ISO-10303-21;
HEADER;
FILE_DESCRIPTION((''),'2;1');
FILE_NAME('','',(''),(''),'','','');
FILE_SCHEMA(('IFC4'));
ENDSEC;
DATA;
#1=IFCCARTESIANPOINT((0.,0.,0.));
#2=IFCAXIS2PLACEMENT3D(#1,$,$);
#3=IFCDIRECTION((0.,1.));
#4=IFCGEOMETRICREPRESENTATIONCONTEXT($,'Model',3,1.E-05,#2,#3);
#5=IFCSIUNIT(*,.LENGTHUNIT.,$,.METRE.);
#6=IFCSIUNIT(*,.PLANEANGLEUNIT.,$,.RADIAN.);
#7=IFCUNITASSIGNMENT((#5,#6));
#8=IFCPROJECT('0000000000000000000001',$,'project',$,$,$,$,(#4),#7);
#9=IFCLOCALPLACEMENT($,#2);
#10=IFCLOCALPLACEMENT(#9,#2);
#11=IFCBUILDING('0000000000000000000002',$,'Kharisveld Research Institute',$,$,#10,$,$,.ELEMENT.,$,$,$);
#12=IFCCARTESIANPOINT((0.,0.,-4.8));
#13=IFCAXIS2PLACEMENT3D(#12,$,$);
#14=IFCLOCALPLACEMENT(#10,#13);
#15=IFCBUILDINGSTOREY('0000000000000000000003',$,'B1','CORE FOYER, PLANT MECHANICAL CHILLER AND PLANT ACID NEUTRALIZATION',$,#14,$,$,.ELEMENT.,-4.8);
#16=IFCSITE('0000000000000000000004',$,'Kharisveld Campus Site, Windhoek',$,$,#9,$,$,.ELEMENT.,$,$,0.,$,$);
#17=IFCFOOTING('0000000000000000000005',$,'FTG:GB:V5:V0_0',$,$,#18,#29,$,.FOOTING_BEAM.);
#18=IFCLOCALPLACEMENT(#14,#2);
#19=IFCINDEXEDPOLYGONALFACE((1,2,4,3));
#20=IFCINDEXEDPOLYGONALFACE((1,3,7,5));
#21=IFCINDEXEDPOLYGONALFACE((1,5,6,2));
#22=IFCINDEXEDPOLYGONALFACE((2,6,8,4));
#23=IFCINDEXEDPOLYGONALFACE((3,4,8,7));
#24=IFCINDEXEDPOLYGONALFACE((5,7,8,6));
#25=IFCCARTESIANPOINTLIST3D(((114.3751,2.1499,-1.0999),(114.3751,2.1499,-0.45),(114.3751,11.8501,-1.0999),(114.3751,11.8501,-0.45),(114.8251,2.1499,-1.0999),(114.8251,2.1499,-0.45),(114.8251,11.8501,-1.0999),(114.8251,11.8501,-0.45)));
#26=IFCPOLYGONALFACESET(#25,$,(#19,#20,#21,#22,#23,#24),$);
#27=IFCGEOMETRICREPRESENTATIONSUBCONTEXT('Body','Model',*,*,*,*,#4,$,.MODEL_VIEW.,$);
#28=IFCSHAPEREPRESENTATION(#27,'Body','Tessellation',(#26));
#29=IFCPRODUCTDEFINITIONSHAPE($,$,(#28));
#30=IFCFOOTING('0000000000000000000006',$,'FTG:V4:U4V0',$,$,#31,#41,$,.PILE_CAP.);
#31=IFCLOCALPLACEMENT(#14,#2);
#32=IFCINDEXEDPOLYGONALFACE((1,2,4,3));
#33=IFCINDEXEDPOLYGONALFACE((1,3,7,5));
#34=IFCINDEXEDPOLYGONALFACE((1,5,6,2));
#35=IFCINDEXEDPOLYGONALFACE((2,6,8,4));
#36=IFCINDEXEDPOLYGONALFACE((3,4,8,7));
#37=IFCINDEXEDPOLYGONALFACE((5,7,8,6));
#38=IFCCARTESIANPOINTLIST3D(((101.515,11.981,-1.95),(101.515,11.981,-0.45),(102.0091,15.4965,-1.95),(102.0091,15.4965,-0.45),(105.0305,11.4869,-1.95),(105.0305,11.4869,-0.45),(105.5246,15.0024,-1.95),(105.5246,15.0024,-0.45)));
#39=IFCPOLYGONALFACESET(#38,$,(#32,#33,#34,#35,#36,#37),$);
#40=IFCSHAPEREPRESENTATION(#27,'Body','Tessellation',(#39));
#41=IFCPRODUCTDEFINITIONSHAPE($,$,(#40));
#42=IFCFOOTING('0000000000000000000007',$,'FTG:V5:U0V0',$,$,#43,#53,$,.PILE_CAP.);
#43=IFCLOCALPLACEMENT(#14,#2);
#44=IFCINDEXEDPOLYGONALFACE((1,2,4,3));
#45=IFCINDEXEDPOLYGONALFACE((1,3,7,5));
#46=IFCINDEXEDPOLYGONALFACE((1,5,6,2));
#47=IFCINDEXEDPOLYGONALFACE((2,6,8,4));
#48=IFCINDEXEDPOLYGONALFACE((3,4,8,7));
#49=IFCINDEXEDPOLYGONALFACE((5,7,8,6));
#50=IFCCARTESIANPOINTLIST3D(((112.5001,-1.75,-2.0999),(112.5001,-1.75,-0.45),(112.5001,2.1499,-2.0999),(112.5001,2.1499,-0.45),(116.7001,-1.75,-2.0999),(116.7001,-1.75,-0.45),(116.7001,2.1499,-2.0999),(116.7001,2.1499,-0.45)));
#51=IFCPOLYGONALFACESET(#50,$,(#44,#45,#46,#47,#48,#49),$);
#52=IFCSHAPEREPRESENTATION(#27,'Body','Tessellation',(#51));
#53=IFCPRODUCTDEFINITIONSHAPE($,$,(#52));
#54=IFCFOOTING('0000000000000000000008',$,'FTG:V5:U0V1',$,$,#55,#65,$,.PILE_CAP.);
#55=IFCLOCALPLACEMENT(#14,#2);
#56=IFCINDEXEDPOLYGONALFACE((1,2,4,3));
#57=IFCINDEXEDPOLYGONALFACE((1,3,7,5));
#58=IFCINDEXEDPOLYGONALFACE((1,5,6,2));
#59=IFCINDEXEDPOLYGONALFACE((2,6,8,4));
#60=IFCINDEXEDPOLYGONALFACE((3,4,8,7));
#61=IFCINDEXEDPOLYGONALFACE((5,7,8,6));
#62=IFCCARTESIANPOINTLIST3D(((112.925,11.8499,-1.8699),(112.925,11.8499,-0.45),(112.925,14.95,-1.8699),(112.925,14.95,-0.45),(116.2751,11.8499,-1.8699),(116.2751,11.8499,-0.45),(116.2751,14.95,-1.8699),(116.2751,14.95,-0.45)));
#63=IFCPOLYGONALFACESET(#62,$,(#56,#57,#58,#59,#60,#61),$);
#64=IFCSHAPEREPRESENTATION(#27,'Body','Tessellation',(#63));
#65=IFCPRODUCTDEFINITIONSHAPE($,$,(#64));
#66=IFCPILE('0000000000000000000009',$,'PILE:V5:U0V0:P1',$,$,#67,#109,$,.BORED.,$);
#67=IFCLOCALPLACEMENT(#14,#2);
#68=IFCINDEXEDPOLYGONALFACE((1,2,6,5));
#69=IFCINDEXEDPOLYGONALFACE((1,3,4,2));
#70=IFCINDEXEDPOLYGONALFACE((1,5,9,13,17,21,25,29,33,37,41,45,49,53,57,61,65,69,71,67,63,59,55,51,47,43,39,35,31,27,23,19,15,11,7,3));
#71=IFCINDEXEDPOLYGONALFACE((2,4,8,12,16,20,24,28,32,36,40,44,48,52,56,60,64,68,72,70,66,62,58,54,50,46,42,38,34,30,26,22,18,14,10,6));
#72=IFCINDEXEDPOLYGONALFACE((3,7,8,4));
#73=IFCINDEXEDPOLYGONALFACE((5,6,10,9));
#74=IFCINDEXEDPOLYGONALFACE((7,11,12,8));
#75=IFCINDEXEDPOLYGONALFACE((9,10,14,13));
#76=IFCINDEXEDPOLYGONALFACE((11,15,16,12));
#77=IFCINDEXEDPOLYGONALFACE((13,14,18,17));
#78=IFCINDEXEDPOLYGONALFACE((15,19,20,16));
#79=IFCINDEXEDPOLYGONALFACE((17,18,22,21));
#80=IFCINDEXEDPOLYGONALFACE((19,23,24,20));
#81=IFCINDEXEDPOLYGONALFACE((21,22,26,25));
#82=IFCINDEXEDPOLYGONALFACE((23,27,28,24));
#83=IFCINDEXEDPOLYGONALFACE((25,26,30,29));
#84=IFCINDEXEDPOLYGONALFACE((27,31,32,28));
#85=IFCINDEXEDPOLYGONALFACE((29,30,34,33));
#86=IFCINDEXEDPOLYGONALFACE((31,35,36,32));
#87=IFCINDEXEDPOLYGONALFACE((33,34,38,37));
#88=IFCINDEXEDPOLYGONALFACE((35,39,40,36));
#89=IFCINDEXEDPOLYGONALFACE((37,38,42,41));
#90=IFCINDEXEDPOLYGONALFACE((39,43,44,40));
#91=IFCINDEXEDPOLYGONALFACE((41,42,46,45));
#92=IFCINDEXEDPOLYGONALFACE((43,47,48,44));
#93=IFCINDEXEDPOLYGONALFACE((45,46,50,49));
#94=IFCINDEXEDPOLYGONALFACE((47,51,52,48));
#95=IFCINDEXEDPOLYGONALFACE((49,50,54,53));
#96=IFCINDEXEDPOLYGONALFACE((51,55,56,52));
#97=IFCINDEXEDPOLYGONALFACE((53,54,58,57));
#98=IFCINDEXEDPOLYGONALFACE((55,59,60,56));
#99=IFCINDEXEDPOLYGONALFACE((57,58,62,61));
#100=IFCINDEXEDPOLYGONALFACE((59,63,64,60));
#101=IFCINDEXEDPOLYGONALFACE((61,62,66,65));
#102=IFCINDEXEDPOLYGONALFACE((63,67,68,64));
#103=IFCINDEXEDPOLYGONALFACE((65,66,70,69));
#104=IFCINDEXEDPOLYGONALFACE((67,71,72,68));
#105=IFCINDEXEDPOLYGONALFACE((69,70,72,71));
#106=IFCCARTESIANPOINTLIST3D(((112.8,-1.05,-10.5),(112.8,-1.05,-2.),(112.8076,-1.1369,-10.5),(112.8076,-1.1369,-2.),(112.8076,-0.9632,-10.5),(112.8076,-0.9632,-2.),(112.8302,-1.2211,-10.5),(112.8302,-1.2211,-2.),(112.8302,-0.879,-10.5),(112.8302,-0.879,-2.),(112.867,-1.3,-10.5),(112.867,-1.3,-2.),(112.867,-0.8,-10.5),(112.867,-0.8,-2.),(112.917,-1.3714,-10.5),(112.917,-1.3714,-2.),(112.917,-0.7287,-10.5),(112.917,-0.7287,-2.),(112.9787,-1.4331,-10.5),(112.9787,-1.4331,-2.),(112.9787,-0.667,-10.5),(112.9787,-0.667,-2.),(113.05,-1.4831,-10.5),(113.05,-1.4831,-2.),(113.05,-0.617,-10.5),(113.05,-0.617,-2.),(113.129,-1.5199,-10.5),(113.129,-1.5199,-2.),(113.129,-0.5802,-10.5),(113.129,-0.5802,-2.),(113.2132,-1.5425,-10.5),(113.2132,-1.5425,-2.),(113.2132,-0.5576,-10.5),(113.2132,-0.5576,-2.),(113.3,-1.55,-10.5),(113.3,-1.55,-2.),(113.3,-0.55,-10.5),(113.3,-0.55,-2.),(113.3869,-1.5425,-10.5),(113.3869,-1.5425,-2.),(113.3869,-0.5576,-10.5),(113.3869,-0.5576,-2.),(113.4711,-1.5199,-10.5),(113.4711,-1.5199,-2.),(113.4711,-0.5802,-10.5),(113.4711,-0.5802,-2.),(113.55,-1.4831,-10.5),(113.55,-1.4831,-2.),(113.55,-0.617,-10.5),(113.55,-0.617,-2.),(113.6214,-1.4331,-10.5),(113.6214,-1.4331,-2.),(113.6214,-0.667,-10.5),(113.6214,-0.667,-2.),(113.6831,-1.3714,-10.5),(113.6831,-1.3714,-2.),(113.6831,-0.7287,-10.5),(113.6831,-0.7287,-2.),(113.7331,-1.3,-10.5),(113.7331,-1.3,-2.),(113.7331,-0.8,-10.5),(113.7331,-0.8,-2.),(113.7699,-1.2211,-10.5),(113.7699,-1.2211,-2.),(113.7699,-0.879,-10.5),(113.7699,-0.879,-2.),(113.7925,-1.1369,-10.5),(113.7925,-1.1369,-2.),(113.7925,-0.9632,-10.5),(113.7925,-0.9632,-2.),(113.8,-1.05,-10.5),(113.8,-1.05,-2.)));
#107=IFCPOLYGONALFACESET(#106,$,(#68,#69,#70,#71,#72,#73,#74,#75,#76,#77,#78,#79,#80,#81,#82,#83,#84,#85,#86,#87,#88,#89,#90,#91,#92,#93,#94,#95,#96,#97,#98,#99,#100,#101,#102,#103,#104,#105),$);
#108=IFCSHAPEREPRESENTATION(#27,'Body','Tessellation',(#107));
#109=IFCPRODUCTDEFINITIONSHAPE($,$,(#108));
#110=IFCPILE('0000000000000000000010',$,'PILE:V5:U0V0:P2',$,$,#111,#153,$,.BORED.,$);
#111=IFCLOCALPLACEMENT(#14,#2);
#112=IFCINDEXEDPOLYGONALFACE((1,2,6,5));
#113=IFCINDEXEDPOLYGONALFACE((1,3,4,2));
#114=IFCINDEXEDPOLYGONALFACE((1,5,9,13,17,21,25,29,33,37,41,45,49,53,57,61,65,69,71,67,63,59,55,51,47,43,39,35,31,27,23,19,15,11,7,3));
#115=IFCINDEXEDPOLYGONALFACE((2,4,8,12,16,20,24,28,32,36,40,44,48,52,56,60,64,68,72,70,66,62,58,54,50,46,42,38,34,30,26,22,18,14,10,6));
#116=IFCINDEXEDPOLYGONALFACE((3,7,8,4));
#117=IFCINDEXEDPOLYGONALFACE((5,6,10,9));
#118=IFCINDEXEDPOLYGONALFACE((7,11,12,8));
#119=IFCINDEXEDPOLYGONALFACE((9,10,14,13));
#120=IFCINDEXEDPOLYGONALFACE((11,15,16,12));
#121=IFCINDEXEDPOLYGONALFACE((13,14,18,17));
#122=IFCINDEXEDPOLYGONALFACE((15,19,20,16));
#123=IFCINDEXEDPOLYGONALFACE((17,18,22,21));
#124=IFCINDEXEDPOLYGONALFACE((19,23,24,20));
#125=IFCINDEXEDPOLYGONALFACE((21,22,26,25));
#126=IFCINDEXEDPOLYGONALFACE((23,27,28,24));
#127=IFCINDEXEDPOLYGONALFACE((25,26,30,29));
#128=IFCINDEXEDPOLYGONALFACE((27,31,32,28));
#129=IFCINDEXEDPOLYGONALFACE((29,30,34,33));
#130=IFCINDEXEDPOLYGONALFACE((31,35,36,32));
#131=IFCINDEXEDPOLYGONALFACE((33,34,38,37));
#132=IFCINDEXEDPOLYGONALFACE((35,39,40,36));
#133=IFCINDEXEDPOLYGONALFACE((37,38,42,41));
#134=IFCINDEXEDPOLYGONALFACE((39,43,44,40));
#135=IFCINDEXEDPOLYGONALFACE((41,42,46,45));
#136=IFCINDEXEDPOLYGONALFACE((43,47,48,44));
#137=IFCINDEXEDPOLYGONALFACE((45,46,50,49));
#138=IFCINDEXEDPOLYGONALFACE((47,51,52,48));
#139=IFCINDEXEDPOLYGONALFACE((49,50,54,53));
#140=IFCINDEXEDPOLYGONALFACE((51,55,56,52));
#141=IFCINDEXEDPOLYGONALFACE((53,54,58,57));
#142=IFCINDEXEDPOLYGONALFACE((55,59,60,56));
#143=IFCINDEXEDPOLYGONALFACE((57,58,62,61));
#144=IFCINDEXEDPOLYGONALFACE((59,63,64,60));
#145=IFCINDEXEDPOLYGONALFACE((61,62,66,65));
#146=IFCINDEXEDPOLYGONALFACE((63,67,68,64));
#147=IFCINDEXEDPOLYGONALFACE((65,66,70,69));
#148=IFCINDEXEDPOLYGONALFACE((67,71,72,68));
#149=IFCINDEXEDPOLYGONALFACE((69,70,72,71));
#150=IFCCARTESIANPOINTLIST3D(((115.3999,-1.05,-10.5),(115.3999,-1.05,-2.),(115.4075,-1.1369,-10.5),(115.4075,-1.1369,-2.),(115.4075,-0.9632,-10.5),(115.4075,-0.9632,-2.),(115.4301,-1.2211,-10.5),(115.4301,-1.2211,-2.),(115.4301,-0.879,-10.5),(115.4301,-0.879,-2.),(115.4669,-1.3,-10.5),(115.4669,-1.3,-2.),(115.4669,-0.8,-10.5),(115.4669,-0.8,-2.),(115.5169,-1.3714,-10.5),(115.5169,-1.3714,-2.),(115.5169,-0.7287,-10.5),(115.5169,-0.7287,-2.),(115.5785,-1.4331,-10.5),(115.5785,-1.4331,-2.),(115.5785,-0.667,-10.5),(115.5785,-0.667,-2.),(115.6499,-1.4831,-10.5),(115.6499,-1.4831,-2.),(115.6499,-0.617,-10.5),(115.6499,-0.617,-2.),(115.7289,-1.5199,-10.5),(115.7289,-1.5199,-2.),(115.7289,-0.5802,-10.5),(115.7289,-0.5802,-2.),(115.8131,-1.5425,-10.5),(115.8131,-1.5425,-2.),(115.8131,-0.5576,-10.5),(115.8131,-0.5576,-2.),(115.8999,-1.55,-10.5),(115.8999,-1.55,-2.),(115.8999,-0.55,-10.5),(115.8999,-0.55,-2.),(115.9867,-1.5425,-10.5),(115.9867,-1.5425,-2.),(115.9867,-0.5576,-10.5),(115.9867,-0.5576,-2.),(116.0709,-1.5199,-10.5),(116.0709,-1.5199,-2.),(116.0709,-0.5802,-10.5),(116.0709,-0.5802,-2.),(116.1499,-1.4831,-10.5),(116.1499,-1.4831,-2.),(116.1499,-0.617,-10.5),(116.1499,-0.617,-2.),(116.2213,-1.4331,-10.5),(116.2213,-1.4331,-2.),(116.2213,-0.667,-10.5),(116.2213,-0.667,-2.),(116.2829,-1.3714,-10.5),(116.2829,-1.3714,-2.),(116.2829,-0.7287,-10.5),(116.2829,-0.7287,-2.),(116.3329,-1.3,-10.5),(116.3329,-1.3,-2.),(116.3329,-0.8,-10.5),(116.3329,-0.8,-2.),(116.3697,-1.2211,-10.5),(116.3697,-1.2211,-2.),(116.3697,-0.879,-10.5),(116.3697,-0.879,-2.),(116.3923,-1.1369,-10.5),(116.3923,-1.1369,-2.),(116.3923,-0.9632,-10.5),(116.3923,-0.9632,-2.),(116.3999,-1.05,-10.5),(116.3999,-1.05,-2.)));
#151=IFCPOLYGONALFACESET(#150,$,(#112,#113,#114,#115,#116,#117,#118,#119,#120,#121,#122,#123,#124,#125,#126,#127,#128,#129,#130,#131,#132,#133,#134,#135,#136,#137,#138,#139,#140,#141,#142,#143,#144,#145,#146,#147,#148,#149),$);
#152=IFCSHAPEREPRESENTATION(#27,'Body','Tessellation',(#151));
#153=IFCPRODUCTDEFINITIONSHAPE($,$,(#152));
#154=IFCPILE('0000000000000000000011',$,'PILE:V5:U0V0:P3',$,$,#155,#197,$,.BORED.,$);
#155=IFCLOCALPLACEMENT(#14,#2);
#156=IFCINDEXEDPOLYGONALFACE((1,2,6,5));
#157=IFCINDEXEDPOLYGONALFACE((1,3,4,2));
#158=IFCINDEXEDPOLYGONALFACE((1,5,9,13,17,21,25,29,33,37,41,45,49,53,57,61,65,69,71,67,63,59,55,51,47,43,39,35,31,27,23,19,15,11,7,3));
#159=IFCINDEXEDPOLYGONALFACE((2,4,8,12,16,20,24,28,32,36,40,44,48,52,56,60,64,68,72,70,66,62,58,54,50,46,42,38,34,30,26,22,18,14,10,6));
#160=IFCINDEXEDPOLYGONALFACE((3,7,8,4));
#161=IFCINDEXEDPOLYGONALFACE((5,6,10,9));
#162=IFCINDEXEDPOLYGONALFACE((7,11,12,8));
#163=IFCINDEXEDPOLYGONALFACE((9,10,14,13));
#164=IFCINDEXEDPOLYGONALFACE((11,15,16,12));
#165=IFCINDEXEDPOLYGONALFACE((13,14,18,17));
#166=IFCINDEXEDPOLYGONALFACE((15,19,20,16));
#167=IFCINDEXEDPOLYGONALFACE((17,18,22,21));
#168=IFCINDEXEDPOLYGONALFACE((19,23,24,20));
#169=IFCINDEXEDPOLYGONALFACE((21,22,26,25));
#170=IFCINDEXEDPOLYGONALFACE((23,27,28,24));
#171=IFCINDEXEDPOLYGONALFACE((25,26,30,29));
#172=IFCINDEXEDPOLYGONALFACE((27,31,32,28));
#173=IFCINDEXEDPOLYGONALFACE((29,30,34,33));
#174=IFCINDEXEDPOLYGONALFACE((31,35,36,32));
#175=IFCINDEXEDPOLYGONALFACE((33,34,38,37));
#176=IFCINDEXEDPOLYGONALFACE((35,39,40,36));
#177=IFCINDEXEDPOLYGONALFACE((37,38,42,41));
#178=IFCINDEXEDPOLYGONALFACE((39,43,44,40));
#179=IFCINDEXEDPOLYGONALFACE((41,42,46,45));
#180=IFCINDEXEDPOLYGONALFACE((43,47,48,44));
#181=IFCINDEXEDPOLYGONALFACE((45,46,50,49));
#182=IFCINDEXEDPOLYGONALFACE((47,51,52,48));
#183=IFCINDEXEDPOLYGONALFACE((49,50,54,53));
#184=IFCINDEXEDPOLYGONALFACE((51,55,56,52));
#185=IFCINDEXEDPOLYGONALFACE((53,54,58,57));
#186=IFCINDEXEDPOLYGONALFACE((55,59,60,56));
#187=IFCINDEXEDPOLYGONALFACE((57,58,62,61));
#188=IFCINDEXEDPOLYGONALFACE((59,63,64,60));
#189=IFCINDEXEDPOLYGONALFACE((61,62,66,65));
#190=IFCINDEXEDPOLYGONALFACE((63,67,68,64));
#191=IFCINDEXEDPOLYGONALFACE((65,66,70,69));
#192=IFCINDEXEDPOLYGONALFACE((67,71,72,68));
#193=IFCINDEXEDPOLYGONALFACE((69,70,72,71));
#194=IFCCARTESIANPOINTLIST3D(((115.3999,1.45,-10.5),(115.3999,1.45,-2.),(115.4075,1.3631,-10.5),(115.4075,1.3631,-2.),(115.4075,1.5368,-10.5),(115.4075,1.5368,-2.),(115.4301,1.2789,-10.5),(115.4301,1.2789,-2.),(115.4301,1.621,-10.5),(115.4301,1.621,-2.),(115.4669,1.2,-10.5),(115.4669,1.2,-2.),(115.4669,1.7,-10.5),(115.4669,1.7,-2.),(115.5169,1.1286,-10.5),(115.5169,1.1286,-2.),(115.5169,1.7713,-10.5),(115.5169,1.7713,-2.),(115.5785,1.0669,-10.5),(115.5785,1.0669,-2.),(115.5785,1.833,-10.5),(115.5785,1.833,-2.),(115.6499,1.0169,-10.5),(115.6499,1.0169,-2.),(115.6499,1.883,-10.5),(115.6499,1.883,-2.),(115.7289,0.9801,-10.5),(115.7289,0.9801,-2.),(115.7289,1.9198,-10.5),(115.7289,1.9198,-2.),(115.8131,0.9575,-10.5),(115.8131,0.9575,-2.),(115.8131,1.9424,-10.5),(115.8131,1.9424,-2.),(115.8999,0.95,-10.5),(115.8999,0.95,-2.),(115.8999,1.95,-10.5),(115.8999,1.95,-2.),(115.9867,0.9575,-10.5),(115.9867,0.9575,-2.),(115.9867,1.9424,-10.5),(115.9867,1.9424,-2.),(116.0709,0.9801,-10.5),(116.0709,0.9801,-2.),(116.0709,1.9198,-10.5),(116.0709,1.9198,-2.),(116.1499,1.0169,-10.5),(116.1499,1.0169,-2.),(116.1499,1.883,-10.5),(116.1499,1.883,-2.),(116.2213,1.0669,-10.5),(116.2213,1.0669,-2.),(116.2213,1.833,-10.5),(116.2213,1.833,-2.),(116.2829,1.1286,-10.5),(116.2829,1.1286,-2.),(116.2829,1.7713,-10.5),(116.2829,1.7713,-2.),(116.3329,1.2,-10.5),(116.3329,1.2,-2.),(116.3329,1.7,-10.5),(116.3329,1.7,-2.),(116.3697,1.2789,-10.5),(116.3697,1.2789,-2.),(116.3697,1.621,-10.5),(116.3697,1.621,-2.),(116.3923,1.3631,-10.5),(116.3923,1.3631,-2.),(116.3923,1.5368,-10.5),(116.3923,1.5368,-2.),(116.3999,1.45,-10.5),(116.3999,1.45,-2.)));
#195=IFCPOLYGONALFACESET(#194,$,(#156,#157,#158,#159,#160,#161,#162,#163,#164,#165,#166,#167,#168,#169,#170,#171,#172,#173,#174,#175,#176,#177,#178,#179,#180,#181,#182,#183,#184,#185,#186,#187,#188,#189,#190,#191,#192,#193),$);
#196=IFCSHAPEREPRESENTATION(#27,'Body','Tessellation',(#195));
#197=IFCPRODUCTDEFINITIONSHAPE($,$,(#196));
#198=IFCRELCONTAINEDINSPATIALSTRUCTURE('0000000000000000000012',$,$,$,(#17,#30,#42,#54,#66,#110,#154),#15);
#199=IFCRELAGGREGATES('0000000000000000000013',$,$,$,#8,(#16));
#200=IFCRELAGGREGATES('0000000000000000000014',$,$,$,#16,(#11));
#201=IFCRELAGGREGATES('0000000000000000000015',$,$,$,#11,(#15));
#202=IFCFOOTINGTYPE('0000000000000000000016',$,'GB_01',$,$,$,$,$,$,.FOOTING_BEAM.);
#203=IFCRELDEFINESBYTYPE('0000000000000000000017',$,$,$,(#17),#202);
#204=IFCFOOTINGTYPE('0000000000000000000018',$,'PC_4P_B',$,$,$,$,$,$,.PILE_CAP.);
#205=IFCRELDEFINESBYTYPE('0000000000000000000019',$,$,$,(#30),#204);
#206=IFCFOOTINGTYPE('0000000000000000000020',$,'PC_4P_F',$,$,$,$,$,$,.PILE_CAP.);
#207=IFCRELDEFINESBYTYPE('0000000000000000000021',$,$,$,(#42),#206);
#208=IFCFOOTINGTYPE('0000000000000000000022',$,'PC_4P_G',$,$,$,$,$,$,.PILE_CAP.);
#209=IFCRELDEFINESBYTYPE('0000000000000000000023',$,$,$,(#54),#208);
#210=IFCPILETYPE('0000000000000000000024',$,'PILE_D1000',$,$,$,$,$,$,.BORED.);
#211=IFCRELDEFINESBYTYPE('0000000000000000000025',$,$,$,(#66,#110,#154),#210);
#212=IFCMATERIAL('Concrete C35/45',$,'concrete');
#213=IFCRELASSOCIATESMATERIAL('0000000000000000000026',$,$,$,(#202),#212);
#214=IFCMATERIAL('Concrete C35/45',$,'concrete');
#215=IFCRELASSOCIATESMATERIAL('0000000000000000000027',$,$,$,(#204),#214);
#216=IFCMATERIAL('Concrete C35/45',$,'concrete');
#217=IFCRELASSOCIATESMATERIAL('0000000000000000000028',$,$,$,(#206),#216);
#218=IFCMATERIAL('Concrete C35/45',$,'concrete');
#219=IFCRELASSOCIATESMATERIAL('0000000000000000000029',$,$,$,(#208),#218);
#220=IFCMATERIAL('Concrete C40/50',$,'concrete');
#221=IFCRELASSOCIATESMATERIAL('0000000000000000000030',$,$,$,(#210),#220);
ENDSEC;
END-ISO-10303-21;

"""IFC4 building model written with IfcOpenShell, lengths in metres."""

from ifc_helpers import new_model, si_unit, direction, frame, origin, origin_2d, place, context, subcontext, project, spatial, rectangle, circle, extrude, material, material_profile, profile_set, type_object, element, save


model = new_model("IFC4")

# Units and contexts
model_context = context("Model", 3, precision=1e-05, world=origin(), true_north=direction((0.0, 1.0)))
body_context = subcontext(model_context, "Body", "Model", "MODEL_VIEW")
ifc_project = project(units=[si_unit("LENGTHUNIT", "METRE"), si_unit("PLANEANGLEUNIT", "RADIAN")], contexts=[model_context])

# Site, building, storey
site_placement = place(None, origin())
site = spatial("IfcSite", under=ifc_project, at=site_placement, Name="Kharisveld Campus Site, Windhoek", CompositionType="ELEMENT", RefElevation=0.0)
building_placement = place(site_placement, origin())
building = spatial("IfcBuilding", under=site, at=building_placement, Name="Kharisveld Research Institute", CompositionType="ELEMENT")
storey_placement = place(building_placement, frame((0.0, 0.0, -4.8)))
storey = spatial("IfcBuildingStorey", under=building, at=storey_placement, Name="B1", Description="CORE FOYER, PLANT MECHANICAL CHILLER AND PLANT ACID NEUTRALIZATION", CompositionType="ELEMENT", Elevation=-4.8)

# Footings
ifc_material_1 = material(Name="Concrete C35/45", Category="concrete")
ifc_material_profile_1 = material_profile(ifc_material_1, rectangle(XDim=0.45, YDim=0.6499, at=origin_2d()))
ifc_profile_set_1 = profile_set([ifc_material_profile_1], Name="Concrete C35/45")
footing_type_1 = type_object("IfcFootingType", Name="GB_01", PredefinedType="FOOTING_BEAM", material=ifc_profile_set_1)
footing_1_placement = place(storey_placement, frame((114.6001, 2.1499, -0.7749), z_axis=(0.0, 1.0, 0.0), x_axis=(-1.0, 0.0, 0.0)))
element("IfcFooting", 1, at=footing_1_placement, inside=storey, type_object=footing_type_1, Name="FTG:GB:V5:V0_0", PredefinedType="FOOTING_BEAM", context=body_context, shape_type="SweptSolid", body=[
    extrude(rectangle(XDim=0.45, YDim=0.6499, at=origin_2d()), origin(), (0.0, 0.0, 1.0), 9.7002),
])
ifc_material_2 = material(Name="Concrete C35/45", Category="concrete")
footing_type_2 = type_object("IfcFootingType", Name="PC_4P_B", PredefinedType="PILE_CAP", material=ifc_material_2)
footing_2_placement = place(storey_placement, frame((103.5198, 13.4917, -1.95), z_axis=(0.0, 0.0, 1.0), x_axis=(0.990268, -0.139173, 0.0)))
element("IfcFooting", 2, at=footing_2_placement, inside=storey, type_object=footing_type_2, Name="FTG:V4:U4V0", PredefinedType="PILE_CAP", context=body_context, shape_type="SweptSolid", body=[
    extrude(rectangle(XDim=3.55, YDim=3.55, at=origin_2d()), origin(), (0.0, 0.0, 1.0), 1.5),
])
ifc_material_3 = material(Name="Concrete C35/45", Category="concrete")
footing_type_3 = type_object("IfcFootingType", Name="PC_4P_F", PredefinedType="PILE_CAP", material=ifc_material_3)
footing_3_placement = place(storey_placement, frame((114.6001, 0.2, -2.0999), z_axis=(0.0, 0.0, 1.0), x_axis=(1.0, 0.0, 0.0)))
element("IfcFooting", 3, at=footing_3_placement, inside=storey, type_object=footing_type_3, Name="FTG:V5:U0V0", PredefinedType="PILE_CAP", context=body_context, shape_type="SweptSolid", body=[
    extrude(rectangle(XDim=4.2, YDim=3.8999, at=origin_2d()), origin(), (0.0, 0.0, 1.0), 1.6499),
])
ifc_material_4 = material(Name="Concrete C35/45", Category="concrete")
footing_type_4 = type_object("IfcFootingType", Name="PC_4P_G", PredefinedType="PILE_CAP", material=ifc_material_4)
footing_4_placement = place(storey_placement, frame((114.6001, 13.3999, -1.8699), z_axis=(0.0, 0.0, 1.0), x_axis=(1.0, 0.0, 0.0)))
element("IfcFooting", 4, at=footing_4_placement, inside=storey, type_object=footing_type_4, Name="FTG:V5:U0V1", PredefinedType="PILE_CAP", context=body_context, shape_type="SweptSolid", body=[
    extrude(rectangle(XDim=3.3501, YDim=3.1001, at=origin_2d()), origin(), (0.0, 0.0, 1.0), 1.4199),
])

# Piles
ifc_material_5 = material(Name="Concrete C40/50", Category="concrete")
ifc_material_profile_2 = material_profile(ifc_material_5, circle(Radius=0.5, at=origin_2d()))
ifc_profile_set_2 = profile_set([ifc_material_profile_2], Name="Concrete C40/50")
pile_type_1 = type_object("IfcPileType", Name="PILE_D1000", PredefinedType="BORED", material=ifc_profile_set_2)
for number, where, z_axis, x_axis, name in (
    (5, (113.3, -1.05, -2.0), (0.0, 0.0, -1.0), (1.0, 0.0, 0.0), "PILE:V5:U0V0:P1"),
    (6, (115.8999, -1.05, -2.0), (0.0, 0.0, -1.0), (1.0, 0.0, 0.0), "PILE:V5:U0V0:P2"),
    (7, (115.8999, 1.45, -2.0), (0.0, 0.0, -1.0), (1.0, 0.0, 0.0), "PILE:V5:U0V0:P3"),
):
    element("IfcPile", number, at=place(storey_placement, frame(where, z_axis=z_axis, x_axis=x_axis)), inside=storey, type_object=pile_type_1, Name=name, PredefinedType="BORED", context=body_context, shape_type="SweptSolid", body=[
        extrude(circle(Radius=0.5, at=origin_2d()), origin(), (0.0, 0.0, 1.0), 8.5),
    ])

save(model, "model.ifc")
